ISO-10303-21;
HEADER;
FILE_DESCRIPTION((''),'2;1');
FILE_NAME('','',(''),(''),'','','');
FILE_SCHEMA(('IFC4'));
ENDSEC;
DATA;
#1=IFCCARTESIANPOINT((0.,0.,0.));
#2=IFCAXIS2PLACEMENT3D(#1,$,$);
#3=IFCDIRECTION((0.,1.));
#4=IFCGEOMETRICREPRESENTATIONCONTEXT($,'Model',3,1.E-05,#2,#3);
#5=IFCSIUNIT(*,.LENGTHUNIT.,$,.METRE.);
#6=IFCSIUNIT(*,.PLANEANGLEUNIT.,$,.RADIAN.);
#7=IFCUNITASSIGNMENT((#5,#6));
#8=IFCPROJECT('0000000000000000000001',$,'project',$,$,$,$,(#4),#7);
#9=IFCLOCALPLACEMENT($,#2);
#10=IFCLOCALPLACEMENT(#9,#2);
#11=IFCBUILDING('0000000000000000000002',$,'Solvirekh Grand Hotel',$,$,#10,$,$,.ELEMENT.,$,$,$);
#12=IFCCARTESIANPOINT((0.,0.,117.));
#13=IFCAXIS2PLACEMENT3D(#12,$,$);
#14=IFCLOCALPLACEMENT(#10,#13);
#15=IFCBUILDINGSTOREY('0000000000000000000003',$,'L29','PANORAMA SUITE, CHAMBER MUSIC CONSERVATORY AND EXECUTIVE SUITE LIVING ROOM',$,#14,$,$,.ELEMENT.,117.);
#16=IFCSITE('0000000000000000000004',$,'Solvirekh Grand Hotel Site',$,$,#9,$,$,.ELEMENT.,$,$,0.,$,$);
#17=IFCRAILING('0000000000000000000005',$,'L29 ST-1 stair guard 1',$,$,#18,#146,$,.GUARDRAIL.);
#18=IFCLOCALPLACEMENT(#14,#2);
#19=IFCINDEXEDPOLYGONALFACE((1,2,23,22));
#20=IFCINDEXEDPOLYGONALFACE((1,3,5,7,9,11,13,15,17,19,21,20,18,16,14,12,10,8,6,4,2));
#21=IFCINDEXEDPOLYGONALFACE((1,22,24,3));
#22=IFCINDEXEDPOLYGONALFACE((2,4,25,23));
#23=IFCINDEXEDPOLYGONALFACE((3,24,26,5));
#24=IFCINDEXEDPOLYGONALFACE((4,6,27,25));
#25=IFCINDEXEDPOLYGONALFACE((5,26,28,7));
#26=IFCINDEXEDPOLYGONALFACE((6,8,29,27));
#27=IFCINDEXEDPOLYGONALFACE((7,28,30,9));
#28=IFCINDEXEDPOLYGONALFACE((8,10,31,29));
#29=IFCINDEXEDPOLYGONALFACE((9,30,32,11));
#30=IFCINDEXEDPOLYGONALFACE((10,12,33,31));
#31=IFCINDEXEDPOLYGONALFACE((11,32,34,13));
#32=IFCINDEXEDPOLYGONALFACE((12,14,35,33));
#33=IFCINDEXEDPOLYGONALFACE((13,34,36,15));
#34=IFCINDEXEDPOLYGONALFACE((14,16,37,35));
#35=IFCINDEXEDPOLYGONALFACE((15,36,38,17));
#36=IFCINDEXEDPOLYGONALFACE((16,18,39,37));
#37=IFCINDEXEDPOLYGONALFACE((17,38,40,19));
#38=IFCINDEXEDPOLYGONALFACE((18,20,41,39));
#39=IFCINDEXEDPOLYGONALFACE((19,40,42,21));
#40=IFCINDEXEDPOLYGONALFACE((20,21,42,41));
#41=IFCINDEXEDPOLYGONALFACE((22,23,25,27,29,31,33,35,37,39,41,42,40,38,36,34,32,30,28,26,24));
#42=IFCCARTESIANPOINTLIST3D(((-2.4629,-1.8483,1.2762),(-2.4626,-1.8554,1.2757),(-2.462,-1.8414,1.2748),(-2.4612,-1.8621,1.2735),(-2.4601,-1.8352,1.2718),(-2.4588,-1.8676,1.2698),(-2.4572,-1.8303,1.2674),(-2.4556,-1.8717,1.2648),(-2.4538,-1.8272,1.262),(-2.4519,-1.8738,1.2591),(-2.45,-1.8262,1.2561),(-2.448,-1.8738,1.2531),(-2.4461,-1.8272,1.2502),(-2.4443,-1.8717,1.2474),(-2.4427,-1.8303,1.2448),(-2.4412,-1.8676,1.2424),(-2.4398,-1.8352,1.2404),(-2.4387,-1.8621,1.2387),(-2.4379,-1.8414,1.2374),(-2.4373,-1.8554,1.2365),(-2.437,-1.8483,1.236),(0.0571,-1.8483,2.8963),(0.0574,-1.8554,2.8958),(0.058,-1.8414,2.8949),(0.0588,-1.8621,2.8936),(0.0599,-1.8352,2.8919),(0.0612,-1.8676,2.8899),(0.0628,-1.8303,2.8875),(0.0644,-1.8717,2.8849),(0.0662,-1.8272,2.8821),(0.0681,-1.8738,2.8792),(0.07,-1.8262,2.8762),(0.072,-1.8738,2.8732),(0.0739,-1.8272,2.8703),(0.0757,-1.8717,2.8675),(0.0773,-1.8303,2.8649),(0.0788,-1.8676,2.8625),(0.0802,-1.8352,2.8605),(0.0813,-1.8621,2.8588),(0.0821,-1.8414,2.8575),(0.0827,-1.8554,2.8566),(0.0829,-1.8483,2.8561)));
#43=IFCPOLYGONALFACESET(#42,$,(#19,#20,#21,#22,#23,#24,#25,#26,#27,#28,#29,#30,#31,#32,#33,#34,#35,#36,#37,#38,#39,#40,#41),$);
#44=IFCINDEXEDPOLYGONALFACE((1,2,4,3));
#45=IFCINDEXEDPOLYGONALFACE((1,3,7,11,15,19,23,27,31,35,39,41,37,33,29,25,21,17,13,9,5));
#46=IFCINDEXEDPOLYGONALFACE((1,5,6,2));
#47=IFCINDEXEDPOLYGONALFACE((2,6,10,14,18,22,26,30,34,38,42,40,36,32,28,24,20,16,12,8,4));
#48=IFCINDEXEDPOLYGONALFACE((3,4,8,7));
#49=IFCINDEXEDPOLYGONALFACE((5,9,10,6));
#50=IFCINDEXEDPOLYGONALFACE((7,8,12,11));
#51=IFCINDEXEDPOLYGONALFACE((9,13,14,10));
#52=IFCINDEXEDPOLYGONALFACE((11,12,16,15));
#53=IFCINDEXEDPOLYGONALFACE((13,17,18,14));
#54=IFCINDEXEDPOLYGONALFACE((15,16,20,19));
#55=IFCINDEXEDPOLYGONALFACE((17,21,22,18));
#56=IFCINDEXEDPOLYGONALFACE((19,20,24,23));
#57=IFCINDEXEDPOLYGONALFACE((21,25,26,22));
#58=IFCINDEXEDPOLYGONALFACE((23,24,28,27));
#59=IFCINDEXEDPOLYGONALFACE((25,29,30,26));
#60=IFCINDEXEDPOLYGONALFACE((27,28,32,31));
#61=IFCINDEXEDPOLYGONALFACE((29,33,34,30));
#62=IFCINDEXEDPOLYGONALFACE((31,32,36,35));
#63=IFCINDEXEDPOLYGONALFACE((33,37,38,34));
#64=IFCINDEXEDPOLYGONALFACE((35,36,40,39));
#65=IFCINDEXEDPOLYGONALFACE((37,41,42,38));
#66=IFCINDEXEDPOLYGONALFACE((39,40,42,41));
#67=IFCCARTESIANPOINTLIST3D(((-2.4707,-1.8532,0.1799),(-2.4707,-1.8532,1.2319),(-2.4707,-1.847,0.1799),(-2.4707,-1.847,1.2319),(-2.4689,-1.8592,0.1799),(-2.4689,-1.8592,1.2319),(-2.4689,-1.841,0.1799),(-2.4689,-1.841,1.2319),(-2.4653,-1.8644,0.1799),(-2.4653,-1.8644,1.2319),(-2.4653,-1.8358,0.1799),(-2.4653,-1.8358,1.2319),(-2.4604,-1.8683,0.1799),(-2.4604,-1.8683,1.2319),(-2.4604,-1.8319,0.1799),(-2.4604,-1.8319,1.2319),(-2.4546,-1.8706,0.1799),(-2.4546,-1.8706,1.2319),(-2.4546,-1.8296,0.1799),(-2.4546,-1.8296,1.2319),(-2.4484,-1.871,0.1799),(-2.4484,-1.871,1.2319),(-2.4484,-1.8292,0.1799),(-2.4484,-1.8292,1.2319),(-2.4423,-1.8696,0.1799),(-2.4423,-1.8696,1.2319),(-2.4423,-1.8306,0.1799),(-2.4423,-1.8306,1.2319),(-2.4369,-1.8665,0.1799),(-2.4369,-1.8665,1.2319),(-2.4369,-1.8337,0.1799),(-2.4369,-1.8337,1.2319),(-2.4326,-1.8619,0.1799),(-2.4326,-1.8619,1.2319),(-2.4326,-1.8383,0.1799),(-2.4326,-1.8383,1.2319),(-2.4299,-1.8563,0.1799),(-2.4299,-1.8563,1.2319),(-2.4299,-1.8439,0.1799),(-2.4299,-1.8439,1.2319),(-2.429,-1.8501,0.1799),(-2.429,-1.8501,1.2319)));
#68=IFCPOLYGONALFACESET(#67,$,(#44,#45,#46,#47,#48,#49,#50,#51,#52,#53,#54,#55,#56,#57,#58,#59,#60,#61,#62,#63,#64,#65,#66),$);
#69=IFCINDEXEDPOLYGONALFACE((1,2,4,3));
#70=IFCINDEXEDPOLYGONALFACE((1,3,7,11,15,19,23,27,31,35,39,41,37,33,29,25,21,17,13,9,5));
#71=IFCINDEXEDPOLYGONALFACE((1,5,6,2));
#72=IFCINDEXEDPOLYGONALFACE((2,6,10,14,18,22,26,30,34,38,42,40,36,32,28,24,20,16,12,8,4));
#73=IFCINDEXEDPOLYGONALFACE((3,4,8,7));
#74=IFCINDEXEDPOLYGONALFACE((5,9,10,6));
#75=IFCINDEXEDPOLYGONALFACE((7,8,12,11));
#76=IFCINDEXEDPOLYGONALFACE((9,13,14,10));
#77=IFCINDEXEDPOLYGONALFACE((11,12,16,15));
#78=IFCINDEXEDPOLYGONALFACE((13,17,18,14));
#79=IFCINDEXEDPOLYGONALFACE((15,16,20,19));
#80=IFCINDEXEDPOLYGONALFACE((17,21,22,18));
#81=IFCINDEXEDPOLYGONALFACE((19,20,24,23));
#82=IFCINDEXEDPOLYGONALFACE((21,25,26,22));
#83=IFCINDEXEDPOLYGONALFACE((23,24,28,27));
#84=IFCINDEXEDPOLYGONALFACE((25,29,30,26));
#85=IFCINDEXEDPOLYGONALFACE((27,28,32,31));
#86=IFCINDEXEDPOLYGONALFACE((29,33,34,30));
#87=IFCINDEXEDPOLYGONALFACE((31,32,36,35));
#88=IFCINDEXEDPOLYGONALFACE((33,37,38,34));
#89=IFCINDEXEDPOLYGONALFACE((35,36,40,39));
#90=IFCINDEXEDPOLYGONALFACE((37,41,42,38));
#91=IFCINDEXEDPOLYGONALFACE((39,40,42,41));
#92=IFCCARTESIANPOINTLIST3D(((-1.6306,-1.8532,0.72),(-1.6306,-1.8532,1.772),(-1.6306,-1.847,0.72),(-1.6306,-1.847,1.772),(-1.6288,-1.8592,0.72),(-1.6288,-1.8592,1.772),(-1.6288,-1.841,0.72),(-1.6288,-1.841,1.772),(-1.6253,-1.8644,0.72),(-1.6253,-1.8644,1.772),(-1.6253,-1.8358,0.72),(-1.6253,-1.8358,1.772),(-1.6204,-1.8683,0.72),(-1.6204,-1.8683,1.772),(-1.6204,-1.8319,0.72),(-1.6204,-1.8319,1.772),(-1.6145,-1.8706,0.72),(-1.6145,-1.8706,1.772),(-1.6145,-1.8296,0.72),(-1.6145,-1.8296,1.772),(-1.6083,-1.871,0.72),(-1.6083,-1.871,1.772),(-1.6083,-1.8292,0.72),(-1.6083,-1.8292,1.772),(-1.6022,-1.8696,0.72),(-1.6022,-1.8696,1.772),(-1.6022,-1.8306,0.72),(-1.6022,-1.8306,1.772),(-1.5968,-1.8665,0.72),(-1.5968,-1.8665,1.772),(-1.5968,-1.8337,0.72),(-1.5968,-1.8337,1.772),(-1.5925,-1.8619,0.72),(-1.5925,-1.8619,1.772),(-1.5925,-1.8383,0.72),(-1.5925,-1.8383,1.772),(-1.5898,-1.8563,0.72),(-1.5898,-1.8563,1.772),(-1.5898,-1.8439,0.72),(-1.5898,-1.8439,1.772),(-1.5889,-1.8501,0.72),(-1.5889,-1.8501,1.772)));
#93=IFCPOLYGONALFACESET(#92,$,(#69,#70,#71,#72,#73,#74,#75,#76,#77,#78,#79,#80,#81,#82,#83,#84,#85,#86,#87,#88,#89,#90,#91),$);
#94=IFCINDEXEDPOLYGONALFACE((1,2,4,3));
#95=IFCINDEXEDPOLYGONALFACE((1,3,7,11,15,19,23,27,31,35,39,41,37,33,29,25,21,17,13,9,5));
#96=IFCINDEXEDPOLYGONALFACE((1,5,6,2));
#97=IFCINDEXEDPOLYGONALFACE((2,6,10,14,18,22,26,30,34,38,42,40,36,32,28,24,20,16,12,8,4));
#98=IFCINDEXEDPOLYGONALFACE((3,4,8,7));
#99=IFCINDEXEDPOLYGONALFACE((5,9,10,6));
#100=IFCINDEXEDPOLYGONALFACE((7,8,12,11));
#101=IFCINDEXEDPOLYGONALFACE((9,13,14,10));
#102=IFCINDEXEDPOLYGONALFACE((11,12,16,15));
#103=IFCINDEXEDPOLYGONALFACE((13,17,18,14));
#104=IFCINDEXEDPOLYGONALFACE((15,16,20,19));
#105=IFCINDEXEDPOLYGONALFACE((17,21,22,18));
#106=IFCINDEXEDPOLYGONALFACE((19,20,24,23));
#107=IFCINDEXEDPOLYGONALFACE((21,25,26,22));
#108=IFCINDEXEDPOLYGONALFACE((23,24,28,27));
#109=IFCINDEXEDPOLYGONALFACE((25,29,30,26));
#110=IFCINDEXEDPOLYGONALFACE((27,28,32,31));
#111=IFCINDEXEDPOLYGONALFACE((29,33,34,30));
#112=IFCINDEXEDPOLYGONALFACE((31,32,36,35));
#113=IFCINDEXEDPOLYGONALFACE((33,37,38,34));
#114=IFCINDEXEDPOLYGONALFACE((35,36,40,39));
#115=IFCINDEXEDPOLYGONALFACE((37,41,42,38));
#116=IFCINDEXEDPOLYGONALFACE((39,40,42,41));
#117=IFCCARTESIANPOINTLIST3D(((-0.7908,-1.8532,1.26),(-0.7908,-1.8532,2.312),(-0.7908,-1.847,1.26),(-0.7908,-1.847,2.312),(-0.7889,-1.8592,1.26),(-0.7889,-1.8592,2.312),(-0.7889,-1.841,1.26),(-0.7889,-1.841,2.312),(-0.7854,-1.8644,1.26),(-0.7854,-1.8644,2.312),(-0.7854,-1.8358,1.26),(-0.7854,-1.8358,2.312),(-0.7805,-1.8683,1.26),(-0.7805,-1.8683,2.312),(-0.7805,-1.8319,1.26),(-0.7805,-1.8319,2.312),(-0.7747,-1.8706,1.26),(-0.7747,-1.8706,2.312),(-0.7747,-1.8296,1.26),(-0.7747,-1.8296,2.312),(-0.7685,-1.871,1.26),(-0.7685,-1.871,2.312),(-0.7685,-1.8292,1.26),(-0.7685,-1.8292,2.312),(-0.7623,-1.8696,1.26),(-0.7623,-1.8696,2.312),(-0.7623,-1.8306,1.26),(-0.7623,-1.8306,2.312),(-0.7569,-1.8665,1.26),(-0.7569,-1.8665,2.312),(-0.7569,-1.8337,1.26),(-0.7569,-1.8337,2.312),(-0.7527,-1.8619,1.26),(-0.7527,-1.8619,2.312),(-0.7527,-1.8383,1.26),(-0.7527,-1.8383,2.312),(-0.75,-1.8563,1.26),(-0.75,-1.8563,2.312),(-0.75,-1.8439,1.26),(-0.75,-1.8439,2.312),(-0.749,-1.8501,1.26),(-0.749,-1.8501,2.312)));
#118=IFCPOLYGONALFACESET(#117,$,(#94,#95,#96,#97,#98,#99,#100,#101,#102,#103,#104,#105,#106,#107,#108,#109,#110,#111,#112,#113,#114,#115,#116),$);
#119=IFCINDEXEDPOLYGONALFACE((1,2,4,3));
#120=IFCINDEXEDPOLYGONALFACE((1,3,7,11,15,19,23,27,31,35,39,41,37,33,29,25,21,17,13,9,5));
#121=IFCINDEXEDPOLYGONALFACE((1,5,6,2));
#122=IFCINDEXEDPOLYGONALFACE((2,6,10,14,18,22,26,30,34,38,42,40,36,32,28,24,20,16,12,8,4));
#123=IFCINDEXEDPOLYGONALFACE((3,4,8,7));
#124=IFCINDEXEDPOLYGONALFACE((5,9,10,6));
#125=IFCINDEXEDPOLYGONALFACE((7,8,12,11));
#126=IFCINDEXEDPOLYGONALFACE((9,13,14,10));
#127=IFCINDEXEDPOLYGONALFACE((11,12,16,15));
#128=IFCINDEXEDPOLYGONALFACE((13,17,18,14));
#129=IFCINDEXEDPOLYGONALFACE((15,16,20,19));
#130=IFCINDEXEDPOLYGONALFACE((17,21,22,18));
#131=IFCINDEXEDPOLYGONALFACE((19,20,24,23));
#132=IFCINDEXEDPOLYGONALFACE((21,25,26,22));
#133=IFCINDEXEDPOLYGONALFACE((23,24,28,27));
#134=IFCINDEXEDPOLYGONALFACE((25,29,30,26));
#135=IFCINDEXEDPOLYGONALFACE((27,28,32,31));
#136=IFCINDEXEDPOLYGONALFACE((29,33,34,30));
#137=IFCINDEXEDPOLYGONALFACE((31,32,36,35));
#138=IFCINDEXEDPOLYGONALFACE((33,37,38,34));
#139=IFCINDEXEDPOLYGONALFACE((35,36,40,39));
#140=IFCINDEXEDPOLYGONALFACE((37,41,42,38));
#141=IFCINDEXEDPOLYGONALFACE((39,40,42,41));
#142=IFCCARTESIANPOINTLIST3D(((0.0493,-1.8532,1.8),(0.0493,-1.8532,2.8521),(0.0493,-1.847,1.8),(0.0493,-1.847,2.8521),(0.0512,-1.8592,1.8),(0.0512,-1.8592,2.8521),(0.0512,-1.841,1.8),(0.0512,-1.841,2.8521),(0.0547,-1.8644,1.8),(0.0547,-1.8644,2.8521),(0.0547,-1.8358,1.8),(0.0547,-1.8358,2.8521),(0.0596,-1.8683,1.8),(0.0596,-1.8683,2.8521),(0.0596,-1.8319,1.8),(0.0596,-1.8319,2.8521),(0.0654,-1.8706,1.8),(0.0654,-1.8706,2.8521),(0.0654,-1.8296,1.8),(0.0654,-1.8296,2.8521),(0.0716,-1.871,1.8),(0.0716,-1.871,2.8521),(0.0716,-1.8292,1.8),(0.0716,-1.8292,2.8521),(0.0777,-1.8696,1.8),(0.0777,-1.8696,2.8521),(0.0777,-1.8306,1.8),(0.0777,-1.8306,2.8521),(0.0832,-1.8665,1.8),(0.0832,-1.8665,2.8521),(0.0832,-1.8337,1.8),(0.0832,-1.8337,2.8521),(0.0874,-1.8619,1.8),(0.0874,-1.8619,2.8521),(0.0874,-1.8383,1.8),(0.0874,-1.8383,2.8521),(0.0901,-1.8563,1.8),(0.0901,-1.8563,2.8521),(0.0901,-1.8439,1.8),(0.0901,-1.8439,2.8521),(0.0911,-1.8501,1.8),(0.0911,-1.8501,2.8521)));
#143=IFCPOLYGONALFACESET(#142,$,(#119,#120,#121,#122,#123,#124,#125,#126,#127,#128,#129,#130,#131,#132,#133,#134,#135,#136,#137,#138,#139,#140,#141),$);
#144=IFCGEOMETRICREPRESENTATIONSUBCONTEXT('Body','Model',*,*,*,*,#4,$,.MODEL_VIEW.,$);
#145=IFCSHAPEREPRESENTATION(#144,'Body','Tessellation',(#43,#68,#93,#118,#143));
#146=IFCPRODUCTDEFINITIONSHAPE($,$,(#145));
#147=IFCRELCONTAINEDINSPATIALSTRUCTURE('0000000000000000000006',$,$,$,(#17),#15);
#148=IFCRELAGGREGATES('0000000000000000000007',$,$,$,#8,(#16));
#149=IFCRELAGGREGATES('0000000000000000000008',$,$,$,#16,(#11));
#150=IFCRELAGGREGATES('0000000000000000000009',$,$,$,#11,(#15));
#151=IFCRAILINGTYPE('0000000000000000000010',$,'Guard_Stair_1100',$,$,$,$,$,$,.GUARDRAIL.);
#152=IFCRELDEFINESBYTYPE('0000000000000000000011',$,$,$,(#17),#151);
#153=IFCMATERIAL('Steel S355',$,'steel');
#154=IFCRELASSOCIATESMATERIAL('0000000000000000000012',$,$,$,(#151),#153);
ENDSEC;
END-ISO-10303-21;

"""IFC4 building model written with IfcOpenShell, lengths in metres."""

from ifc_helpers import new_model, si_unit, direction, frame, origin, origin_2d, place, context, subcontext, project, spatial, circle, extrude, material, type_object, element, save


model = new_model("IFC4")

# Units and contexts
model_context = context("Model", 3, precision=1e-05, world=origin(), true_north=direction((0.0, 1.0)))
body_context = subcontext(model_context, "Body", "Model", "MODEL_VIEW")
ifc_project = project(units=[si_unit("LENGTHUNIT", "METRE"), si_unit("PLANEANGLEUNIT", "RADIAN")], contexts=[model_context])

# Site, building, storey
site_placement = place(None, origin())
site = spatial("IfcSite", under=ifc_project, at=site_placement, Name="Solvirekh Grand Hotel Site", CompositionType="ELEMENT", RefElevation=0.0)
building_placement = place(site_placement, origin())
building = spatial("IfcBuilding", under=site, at=building_placement, Name="Solvirekh Grand Hotel", CompositionType="ELEMENT")
storey_placement = place(building_placement, frame((0.0, 0.0, 117.0)))
storey = spatial("IfcBuildingStorey", under=building, at=storey_placement, Name="L29", Description="PANORAMA SUITE, CHAMBER MUSIC CONSERVATORY AND EXECUTIVE SUITE LIVING ROOM", CompositionType="ELEMENT", Elevation=117.0)

# Railing
ifc_material_1 = material(Name="Steel S355", Category="steel")
railing_type_1 = type_object("IfcRailingType", Name="Guard_Stair_1100", PredefinedType="GUARDRAIL", material=ifc_material_1)
railing_1_placement = place(storey_placement, frame((-2.45, -1.8501, 0.1799)))
element("IfcRailing", 1, at=railing_1_placement, inside=storey, type_object=railing_type_1, Name="L29 ST-1 stair guard 1", PredefinedType="GUARDRAIL", context=body_context, shape_type="SweptSolid", body=[
    extrude(circle(Radius=0.0239, at=origin_2d()), frame((0.0, 0.0, 1.0762), z_axis=(0.841163, 0.0, 0.540782), x_axis=(0.0, 1.0, 0.0)), (0.0, 0.0, 1.0), 2.9958),
    extrude(circle(Radius=0.021, at=origin_2d()), origin(), (0.0, 0.0, 1.0), 1.052),
    extrude(circle(Radius=0.021, at=origin_2d()), frame((0.8401, 0.0, 0.54)), (0.0, 0.0, 1.0), 1.052),
    extrude(circle(Radius=0.021, at=origin_2d()), frame((1.6799, 0.0, 1.0801)), (0.0, 0.0, 1.0), 1.052),
    extrude(circle(Radius=0.021, at=origin_2d()), frame((2.52, 0.0, 1.6201)), (0.0, 0.0, 1.0), 1.052),
])

save(model, "model.ifc")
